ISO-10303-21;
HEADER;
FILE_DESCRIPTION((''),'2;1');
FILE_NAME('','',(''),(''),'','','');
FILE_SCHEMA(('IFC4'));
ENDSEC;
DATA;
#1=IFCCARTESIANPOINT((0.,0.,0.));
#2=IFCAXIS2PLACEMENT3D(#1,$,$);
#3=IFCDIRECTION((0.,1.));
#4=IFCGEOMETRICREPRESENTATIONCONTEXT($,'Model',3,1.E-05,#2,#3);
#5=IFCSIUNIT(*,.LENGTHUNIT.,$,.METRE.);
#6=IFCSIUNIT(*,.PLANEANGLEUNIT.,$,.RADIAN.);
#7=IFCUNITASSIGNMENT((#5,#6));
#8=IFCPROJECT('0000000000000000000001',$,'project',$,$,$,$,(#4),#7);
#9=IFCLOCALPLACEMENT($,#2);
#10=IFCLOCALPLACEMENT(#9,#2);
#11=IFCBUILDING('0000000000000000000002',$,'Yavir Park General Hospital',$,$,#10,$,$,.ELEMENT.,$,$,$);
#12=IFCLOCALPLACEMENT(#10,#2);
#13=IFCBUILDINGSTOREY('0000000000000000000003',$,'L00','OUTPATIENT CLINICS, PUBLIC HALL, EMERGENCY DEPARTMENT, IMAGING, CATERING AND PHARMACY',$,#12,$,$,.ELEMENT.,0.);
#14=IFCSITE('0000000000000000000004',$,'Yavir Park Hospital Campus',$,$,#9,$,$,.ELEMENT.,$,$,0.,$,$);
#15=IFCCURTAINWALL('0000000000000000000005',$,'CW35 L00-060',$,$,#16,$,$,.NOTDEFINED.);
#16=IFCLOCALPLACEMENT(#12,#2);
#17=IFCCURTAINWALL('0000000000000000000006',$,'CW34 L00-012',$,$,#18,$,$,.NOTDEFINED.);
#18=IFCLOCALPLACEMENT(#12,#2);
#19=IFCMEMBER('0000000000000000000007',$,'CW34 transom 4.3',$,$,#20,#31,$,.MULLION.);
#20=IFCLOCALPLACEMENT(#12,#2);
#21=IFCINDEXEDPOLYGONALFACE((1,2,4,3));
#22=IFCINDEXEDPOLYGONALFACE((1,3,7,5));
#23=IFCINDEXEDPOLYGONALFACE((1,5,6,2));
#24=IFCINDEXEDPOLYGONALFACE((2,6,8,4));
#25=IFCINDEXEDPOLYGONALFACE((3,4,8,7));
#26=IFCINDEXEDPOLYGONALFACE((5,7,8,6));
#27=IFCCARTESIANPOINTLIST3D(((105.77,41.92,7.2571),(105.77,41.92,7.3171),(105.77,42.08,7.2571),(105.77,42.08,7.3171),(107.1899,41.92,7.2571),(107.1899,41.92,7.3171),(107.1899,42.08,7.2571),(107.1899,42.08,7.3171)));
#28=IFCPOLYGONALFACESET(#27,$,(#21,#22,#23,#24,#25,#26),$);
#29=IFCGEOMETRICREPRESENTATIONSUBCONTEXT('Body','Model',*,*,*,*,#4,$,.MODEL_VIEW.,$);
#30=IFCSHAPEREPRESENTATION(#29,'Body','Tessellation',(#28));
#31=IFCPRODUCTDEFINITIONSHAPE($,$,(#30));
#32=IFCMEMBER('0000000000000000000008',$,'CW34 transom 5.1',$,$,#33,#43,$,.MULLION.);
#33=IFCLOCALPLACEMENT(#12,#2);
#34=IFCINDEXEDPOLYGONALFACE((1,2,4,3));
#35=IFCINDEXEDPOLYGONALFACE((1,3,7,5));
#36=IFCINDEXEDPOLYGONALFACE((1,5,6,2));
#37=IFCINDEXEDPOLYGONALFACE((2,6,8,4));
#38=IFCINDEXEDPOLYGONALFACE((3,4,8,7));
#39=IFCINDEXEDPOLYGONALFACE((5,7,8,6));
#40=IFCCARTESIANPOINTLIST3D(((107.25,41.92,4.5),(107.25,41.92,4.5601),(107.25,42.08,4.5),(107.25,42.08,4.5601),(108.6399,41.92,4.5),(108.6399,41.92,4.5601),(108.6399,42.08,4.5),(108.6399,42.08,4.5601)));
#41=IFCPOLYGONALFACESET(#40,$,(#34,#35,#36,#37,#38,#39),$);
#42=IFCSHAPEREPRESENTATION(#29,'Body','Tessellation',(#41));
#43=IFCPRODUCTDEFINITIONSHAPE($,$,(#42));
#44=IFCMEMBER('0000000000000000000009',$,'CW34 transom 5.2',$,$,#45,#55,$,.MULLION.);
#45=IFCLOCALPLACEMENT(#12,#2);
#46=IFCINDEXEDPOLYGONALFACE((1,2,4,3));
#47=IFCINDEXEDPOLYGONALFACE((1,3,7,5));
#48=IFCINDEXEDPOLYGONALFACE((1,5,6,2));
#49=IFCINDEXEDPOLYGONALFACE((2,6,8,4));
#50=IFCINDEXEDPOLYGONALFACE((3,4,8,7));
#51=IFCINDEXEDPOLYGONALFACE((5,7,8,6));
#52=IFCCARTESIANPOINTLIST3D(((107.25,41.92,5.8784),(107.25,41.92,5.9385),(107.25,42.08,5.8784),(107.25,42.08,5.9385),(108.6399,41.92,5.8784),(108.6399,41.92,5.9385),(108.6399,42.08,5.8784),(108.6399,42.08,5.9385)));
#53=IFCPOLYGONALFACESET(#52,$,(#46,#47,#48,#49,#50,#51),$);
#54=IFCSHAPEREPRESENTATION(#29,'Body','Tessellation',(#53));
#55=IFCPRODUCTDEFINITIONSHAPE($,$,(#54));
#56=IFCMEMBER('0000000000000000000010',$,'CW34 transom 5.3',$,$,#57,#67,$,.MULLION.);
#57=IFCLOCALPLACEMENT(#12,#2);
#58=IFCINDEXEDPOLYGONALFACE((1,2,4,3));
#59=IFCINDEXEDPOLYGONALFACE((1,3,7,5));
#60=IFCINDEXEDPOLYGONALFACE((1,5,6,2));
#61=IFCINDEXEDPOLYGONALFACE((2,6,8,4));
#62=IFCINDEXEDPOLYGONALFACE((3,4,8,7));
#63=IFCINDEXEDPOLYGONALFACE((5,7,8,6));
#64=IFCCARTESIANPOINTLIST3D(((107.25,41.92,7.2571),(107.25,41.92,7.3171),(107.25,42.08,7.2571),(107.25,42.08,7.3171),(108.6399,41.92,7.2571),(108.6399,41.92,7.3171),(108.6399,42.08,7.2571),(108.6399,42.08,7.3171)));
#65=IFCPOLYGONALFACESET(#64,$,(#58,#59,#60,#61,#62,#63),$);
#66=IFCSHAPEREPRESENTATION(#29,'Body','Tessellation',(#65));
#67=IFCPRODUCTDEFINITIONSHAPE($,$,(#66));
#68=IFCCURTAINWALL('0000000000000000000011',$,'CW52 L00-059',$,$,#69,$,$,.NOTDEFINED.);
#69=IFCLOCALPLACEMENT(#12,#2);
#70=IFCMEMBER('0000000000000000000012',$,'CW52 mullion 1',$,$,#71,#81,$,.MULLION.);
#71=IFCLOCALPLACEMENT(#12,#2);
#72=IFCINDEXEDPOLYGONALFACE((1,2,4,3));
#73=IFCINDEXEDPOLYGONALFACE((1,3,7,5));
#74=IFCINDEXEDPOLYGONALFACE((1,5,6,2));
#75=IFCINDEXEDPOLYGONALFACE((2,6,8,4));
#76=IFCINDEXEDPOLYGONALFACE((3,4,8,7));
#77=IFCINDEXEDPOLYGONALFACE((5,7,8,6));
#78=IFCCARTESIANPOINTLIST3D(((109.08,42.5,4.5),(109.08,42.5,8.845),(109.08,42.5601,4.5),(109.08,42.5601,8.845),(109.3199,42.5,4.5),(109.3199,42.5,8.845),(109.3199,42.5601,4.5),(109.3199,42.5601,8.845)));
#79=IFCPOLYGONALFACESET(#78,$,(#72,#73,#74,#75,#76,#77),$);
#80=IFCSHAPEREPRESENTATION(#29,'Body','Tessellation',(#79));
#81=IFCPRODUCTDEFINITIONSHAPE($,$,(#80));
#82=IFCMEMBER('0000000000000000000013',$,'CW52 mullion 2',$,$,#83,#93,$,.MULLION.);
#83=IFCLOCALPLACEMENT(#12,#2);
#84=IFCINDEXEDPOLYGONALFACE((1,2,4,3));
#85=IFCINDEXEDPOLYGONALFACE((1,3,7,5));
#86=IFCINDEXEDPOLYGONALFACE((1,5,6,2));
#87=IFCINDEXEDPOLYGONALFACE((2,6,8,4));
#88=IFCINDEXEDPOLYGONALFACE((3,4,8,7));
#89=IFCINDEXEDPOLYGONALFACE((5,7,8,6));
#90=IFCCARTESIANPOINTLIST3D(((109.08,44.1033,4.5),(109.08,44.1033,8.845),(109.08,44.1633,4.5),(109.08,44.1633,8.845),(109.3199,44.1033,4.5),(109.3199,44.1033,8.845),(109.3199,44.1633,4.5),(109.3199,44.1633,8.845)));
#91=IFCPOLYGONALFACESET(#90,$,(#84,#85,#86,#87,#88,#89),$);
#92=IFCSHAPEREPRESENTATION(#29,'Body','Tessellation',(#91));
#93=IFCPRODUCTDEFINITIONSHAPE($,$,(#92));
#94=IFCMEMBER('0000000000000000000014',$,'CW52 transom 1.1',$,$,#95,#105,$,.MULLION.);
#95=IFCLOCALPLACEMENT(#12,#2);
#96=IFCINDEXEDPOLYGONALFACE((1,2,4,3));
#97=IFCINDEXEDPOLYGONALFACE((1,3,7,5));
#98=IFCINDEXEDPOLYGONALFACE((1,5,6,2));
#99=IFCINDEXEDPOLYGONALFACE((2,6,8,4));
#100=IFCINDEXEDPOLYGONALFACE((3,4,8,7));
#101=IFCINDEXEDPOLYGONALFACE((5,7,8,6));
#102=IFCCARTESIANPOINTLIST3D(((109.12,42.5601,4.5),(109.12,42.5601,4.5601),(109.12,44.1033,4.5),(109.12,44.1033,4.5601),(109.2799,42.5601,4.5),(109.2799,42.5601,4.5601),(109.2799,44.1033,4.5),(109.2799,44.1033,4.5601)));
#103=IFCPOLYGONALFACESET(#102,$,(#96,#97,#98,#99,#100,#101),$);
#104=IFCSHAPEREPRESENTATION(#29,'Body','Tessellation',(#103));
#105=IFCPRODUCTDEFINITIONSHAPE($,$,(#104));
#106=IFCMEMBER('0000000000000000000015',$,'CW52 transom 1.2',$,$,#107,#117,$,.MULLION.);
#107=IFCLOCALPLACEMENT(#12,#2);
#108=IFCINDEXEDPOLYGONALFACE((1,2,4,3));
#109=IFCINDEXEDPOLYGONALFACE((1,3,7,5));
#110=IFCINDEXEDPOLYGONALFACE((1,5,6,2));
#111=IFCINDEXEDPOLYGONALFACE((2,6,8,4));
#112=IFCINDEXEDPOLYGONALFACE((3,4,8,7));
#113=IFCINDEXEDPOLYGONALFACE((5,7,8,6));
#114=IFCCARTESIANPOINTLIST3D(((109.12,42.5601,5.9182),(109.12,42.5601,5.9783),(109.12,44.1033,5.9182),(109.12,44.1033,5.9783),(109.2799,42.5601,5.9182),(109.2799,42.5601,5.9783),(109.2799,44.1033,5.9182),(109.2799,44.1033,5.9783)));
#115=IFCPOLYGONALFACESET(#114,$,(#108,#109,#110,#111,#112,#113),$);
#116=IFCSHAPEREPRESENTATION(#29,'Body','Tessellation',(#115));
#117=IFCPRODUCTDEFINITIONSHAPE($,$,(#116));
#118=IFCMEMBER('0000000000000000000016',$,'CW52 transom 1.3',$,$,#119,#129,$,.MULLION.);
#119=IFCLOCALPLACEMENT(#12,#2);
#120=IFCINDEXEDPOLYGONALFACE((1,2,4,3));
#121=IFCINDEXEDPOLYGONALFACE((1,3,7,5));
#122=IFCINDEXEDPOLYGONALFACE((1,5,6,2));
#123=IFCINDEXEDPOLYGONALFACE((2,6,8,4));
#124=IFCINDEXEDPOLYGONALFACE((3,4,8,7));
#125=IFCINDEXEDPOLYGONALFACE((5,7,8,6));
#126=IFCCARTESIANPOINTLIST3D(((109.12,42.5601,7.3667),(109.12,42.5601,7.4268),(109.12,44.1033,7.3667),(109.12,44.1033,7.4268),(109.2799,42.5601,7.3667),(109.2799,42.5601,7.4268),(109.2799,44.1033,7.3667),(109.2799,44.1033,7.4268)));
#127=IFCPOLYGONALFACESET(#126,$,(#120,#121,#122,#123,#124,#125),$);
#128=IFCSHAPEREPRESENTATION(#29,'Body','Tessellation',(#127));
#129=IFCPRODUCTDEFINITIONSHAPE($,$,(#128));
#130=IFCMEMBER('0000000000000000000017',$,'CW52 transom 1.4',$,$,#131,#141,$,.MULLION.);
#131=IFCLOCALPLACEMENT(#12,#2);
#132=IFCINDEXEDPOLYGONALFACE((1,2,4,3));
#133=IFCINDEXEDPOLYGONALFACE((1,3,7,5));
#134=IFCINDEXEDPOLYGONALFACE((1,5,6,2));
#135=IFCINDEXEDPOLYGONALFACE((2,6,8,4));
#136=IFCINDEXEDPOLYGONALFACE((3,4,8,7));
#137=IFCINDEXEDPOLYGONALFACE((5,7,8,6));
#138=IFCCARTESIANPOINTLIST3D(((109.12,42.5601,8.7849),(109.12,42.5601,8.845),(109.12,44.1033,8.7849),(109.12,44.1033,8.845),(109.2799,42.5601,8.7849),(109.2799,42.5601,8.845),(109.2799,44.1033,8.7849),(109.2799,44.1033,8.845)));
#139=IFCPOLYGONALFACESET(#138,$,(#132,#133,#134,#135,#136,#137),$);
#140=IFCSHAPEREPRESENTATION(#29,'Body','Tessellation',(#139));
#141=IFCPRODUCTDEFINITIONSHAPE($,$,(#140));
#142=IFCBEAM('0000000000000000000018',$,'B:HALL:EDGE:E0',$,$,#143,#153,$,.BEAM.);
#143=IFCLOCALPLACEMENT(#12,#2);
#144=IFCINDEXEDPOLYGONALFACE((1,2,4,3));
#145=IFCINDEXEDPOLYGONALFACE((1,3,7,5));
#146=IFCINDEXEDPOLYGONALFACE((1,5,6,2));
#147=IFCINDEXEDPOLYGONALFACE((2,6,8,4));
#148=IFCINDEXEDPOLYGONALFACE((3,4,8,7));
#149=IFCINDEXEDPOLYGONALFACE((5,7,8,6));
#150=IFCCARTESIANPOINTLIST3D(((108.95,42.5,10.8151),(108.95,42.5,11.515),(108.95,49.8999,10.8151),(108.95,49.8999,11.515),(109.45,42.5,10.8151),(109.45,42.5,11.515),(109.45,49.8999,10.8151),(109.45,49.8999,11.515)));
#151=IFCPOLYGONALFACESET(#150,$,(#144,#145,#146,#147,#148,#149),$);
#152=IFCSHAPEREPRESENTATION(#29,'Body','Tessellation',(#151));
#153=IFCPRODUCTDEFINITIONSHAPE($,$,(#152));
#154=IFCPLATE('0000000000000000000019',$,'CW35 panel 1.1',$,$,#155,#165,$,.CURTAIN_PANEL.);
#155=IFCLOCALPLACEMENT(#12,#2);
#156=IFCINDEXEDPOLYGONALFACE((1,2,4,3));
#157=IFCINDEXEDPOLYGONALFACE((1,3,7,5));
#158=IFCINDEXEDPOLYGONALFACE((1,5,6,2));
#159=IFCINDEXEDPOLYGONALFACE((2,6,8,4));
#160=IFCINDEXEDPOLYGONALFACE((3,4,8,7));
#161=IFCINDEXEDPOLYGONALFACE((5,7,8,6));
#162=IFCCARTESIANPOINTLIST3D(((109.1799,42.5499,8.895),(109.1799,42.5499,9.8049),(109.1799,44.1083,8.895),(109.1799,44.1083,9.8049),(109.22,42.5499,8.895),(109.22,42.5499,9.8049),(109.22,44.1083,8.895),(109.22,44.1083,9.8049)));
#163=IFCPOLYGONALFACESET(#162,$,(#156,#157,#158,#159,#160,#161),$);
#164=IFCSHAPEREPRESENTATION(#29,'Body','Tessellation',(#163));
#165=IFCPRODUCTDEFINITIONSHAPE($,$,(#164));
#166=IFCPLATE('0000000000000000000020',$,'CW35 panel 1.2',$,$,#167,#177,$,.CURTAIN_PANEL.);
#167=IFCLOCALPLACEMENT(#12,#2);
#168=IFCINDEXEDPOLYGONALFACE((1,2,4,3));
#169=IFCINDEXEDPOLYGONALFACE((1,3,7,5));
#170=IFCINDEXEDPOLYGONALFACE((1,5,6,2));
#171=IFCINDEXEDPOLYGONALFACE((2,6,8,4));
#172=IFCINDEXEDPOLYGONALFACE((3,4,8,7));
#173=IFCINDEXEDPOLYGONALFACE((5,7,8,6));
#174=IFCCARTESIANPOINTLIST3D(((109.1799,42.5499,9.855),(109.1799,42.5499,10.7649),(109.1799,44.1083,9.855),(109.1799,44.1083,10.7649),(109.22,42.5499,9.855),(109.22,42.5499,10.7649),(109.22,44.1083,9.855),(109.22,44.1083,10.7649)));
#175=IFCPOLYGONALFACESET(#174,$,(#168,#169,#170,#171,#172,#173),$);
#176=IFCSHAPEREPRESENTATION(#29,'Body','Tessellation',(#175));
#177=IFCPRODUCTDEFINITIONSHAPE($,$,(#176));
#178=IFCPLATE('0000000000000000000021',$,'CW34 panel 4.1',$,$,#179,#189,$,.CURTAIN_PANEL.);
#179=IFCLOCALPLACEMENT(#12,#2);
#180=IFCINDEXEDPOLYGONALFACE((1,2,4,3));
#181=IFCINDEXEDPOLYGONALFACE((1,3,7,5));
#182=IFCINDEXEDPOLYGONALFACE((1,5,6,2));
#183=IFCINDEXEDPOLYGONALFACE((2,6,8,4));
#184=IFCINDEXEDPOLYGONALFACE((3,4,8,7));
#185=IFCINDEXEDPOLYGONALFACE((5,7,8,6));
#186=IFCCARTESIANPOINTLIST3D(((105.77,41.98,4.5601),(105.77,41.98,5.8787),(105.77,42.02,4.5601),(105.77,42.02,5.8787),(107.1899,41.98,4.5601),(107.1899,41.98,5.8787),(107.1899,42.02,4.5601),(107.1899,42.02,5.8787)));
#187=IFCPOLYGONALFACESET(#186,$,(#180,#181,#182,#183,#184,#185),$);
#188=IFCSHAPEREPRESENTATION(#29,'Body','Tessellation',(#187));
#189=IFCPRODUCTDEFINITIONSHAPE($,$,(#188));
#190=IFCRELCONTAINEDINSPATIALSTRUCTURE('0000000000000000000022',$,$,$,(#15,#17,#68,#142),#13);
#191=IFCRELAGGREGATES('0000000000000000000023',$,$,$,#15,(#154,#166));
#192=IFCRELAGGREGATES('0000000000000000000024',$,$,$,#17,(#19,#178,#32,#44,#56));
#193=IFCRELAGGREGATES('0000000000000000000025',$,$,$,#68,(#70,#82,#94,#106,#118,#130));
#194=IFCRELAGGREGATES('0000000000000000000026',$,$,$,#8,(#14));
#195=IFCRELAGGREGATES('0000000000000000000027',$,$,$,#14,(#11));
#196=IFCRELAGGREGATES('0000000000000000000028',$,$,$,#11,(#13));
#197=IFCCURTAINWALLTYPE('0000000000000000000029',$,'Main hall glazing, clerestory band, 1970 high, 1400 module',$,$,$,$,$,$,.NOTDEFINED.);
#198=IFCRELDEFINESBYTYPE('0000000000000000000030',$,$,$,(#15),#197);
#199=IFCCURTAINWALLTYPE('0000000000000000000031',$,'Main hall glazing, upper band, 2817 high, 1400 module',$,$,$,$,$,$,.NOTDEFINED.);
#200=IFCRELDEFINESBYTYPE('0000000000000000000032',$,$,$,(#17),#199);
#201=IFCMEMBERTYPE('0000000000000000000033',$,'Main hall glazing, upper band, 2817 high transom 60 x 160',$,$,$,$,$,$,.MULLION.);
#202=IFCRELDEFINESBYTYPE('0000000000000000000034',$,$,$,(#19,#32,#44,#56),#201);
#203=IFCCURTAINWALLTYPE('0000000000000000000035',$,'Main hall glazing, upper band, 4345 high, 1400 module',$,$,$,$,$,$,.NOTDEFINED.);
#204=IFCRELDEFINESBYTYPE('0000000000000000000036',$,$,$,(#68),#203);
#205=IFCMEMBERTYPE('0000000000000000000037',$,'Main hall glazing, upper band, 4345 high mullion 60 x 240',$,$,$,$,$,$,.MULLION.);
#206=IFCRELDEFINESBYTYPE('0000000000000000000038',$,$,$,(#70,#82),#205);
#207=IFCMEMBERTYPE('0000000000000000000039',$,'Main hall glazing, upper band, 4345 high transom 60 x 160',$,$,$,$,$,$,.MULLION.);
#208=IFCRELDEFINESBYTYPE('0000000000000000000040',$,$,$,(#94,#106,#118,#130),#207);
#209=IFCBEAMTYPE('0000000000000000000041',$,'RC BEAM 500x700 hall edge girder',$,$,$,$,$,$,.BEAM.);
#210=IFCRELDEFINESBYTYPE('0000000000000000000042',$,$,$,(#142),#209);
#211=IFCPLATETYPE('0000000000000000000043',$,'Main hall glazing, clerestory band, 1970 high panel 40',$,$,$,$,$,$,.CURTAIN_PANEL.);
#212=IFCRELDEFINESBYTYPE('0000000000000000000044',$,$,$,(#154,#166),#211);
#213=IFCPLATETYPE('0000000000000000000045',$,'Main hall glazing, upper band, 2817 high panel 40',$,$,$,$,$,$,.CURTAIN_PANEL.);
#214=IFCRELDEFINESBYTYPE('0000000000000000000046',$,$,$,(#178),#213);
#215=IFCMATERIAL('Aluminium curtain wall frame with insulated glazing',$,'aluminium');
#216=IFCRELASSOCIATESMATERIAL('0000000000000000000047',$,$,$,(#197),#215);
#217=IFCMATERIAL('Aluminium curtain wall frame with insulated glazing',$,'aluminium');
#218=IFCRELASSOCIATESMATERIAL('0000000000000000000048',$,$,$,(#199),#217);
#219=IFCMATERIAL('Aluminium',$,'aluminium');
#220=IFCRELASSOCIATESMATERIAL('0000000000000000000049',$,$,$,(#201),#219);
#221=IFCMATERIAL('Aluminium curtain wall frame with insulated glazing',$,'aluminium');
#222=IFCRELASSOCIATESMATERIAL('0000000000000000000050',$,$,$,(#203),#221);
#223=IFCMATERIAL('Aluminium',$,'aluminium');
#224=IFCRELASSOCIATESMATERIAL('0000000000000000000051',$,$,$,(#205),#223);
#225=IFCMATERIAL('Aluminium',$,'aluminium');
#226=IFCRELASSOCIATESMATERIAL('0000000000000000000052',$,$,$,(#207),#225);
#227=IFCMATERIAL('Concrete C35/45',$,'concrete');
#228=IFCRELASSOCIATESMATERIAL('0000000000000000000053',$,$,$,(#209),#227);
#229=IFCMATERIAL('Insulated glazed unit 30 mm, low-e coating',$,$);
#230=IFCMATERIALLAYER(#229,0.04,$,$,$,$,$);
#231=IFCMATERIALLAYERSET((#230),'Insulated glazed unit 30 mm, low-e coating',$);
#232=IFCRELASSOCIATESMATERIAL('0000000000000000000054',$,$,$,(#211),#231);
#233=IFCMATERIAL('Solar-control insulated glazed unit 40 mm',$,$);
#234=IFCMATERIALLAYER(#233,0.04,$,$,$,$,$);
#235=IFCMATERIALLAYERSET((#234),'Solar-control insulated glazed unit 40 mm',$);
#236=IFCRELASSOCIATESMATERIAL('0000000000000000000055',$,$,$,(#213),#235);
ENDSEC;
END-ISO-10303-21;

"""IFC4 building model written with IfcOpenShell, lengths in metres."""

from ifc_helpers import new_model, si_unit, direction, frame, origin, origin_2d, place, context, subcontext, project, spatial, rectangle, extrude, material, layer, layer_set, material_profile, profile_set, type_object, element, aggregate, save


model = new_model("IFC4")

# Units and contexts
model_context = context("Model", 3, precision=1e-05, world=origin(), true_north=direction((0.0, 1.0)))
body_context = subcontext(model_context, "Body", "Model", "MODEL_VIEW")
ifc_project = project(units=[si_unit("LENGTHUNIT", "METRE"), si_unit("PLANEANGLEUNIT", "RADIAN")], contexts=[model_context])

# Site, building, storey
site_placement = place(None, origin())
site = spatial("IfcSite", under=ifc_project, at=site_placement, Name="Yavir Park Hospital Campus", CompositionType="ELEMENT", RefElevation=0.0)
building_placement = place(site_placement, origin())
building = spatial("IfcBuilding", under=site, at=building_placement, Name="Yavir Park General Hospital", CompositionType="ELEMENT")
storey_placement = place(building_placement, origin())
storey = spatial("IfcBuildingStorey", under=building, at=storey_placement, Name="L00", Description="OUTPATIENT CLINICS, PUBLIC HALL, EMERGENCY DEPARTMENT, IMAGING, CATERING AND PHARMACY", CompositionType="ELEMENT", Elevation=0.0)

# Curtain walls, members
ifc_material_1 = material(Name="Aluminium curtain wall frame with insulated glazing", Category="aluminium")
curtain_wall_type_1 = type_object("IfcCurtainWallType", Name="Main hall glazing, clerestory band, 1970 high, 1400 module", PredefinedType="NOTDEFINED", material=ifc_material_1)
curtain_wall_1_placement = place(storey_placement, origin())
curtain_wall_1 = element("IfcCurtainWall", 1, at=curtain_wall_1_placement, inside=storey, type_object=curtain_wall_type_1, Name="CW35 L00-060", PredefinedType="NOTDEFINED")
ifc_material_2 = material(Name="Aluminium curtain wall frame with insulated glazing", Category="aluminium")
curtain_wall_type_2 = type_object("IfcCurtainWallType", Name="Main hall glazing, upper band, 2817 high, 1400 module", PredefinedType="NOTDEFINED", material=ifc_material_2)
curtain_wall_2_placement = place(storey_placement, origin())
curtain_wall_2 = element("IfcCurtainWall", 2, at=curtain_wall_2_placement, inside=storey, type_object=curtain_wall_type_2, Name="CW34 L00-012", PredefinedType="NOTDEFINED")
ifc_material_3 = material(Name="Aluminium", Category="aluminium")
ifc_material_profile_1 = material_profile(ifc_material_3, rectangle(XDim=0.1599, YDim=0.0601, at=origin_2d()), Name="AL 160x60")
ifc_profile_set_1 = profile_set([ifc_material_profile_1], Name="Aluminium")
member_type_1 = type_object("IfcMemberType", Name="Main hall glazing, upper band, 2817 high transom 60 x 160", PredefinedType="MULLION", material=ifc_profile_set_1)
member_1_placement = place(storey_placement, frame((105.77, 42.0, 7.2871), z_axis=(1.0, 0.0, 0.0), x_axis=(0.0, 1.0, 0.0)))
member_1 = element("IfcMember", 3, at=member_1_placement, type_object=member_type_1, Name="CW34 transom 4.3", PredefinedType="MULLION", context=body_context, shape_type="SweptSolid", body=[
    extrude(rectangle(XDim=0.1599, YDim=0.0601, at=origin_2d()), origin(), (0.0, 0.0, 1.0), 1.4199),
])
member_2_placement = place(storey_placement, frame((107.25, 42.0, 4.53), z_axis=(1.0, 0.0, 0.0), x_axis=(0.0, 1.0, 0.0)))
member_2 = element("IfcMember", 4, at=member_2_placement, type_object=member_type_1, Name="CW34 transom 5.1", PredefinedType="MULLION", context=body_context, shape_type="SweptSolid", body=[
    extrude(rectangle(XDim=0.1599, YDim=0.0601, at=origin_2d()), origin(), (0.0, 0.0, 1.0), 1.3899),
])
member_3_placement = place(storey_placement, frame((107.25, 42.0, 5.9084), z_axis=(1.0, 0.0, 0.0), x_axis=(0.0, 1.0, 0.0)))
member_3 = element("IfcMember", 5, at=member_3_placement, type_object=member_type_1, Name="CW34 transom 5.2", PredefinedType="MULLION", context=body_context, shape_type="SweptSolid", body=[
    extrude(rectangle(XDim=0.1599, YDim=0.0601, at=origin_2d()), origin(), (0.0, 0.0, 1.0), 1.3899),
])
member_4_placement = place(storey_placement, frame((107.25, 42.0, 7.2871), z_axis=(1.0, 0.0, 0.0), x_axis=(0.0, 1.0, 0.0)))
member_4 = element("IfcMember", 6, at=member_4_placement, type_object=member_type_1, Name="CW34 transom 5.3", PredefinedType="MULLION", context=body_context, shape_type="SweptSolid", body=[
    extrude(rectangle(XDim=0.1599, YDim=0.0601, at=origin_2d()), origin(), (0.0, 0.0, 1.0), 1.3899),
])
ifc_material_4 = material(Name="Aluminium curtain wall frame with insulated glazing", Category="aluminium")
curtain_wall_type_3 = type_object("IfcCurtainWallType", Name="Main hall glazing, upper band, 4345 high, 1400 module", PredefinedType="NOTDEFINED", material=ifc_material_4)
curtain_wall_3_placement = place(storey_placement, origin())
curtain_wall_3 = element("IfcCurtainWall", 7, at=curtain_wall_3_placement, inside=storey, type_object=curtain_wall_type_3, Name="CW52 L00-059", PredefinedType="NOTDEFINED")
ifc_material_5 = material(Name="Aluminium", Category="aluminium")
ifc_material_profile_2 = material_profile(ifc_material_5, rectangle(XDim=0.24, YDim=0.0601, at=origin_2d()), Name="AL 60x240")
ifc_profile_set_2 = profile_set([ifc_material_profile_2], Name="Aluminium")
member_type_2 = type_object("IfcMemberType", Name="Main hall glazing, upper band, 4345 high mullion 60 x 240", PredefinedType="MULLION", material=ifc_profile_set_2)
member_5_placement = place(storey_placement, frame((109.2, 42.53, 4.5), z_axis=(0.0, 0.0, 1.0), x_axis=(-1.0, 0.0, 0.0)))
member_5 = element("IfcMember", 8, at=member_5_placement, type_object=member_type_2, Name="CW52 mullion 1", PredefinedType="MULLION", context=body_context, shape_type="SweptSolid", body=[
    extrude(rectangle(XDim=0.24, YDim=0.0601, at=origin_2d()), origin(), (0.0, 0.0, 1.0), 4.345),
])
member_6_placement = place(storey_placement, frame((109.2, 44.1333, 4.5), z_axis=(0.0, 0.0, 1.0), x_axis=(-1.0, 0.0, 0.0)))
member_6 = element("IfcMember", 9, at=member_6_placement, type_object=member_type_2, Name="CW52 mullion 2", PredefinedType="MULLION", context=body_context, shape_type="SweptSolid", body=[
    extrude(rectangle(XDim=0.24, YDim=0.0601, at=origin_2d()), origin(), (0.0, 0.0, 1.0), 4.345),
])
ifc_material_6 = material(Name="Aluminium", Category="aluminium")
ifc_material_profile_3 = material_profile(ifc_material_6, rectangle(XDim=0.1599, YDim=0.0601, at=origin_2d()), Name="AL 160x60")
ifc_profile_set_3 = profile_set([ifc_material_profile_3], Name="Aluminium")
member_type_3 = type_object("IfcMemberType", Name="Main hall glazing, upper band, 4345 high transom 60 x 160", PredefinedType="MULLION", material=ifc_profile_set_3)
member_7_placement = place(storey_placement, frame((109.2, 42.5601, 4.53), z_axis=(0.0, 1.0, 0.0), x_axis=(-1.0, 0.0, 0.0)))
member_7 = element("IfcMember", 10, at=member_7_placement, type_object=member_type_3, Name="CW52 transom 1.1", PredefinedType="MULLION", context=body_context, shape_type="SweptSolid", body=[
    extrude(rectangle(XDim=0.1599, YDim=0.0601, at=origin_2d()), origin(), (0.0, 0.0, 1.0), 1.5432),
])
member_8_placement = place(storey_placement, frame((109.2, 42.5601, 5.9482), z_axis=(0.0, 1.0, 0.0), x_axis=(-1.0, 0.0, 0.0)))
member_8 = element("IfcMember", 11, at=member_8_placement, type_object=member_type_3, Name="CW52 transom 1.2", PredefinedType="MULLION", context=body_context, shape_type="SweptSolid", body=[
    extrude(rectangle(XDim=0.1599, YDim=0.0601, at=origin_2d()), origin(), (0.0, 0.0, 1.0), 1.5432),
])
member_9_placement = place(storey_placement, frame((109.2, 42.5601, 7.3967), z_axis=(0.0, 1.0, 0.0), x_axis=(-1.0, 0.0, 0.0)))
member_9 = element("IfcMember", 12, at=member_9_placement, type_object=member_type_3, Name="CW52 transom 1.3", PredefinedType="MULLION", context=body_context, shape_type="SweptSolid", body=[
    extrude(rectangle(XDim=0.1599, YDim=0.0601, at=origin_2d()), origin(), (0.0, 0.0, 1.0), 1.5432),
])
member_10_placement = place(storey_placement, frame((109.2, 42.5601, 8.8149), z_axis=(0.0, 1.0, 0.0), x_axis=(-1.0, 0.0, 0.0)))
member_10 = element("IfcMember", 13, at=member_10_placement, type_object=member_type_3, Name="CW52 transom 1.4", PredefinedType="MULLION", context=body_context, shape_type="SweptSolid", body=[
    extrude(rectangle(XDim=0.1599, YDim=0.0601, at=origin_2d()), origin(), (0.0, 0.0, 1.0), 1.5432),
])

# Beam
ifc_material_7 = material(Name="Concrete C35/45", Category="concrete")
ifc_material_profile_4 = material_profile(ifc_material_7, rectangle(XDim=0.5, YDim=0.7, at=origin_2d()), Name="RC500x700")
ifc_profile_set_4 = profile_set([ifc_material_profile_4], Name="Concrete C35/45")
beam_type_1 = type_object("IfcBeamType", Name="RC BEAM 500x700 hall edge girder", PredefinedType="BEAM", material=ifc_profile_set_4)
beam_1_placement = place(storey_placement, frame((109.2, 42.5, 11.165), z_axis=(0.0, 1.0, 0.0), x_axis=(-1.0, 0.0, 0.0)))
element("IfcBeam", 14, at=beam_1_placement, inside=storey, type_object=beam_type_1, Name="B:HALL:EDGE:E0", PredefinedType="BEAM", context=body_context, shape_type="SweptSolid", body=[
    extrude(rectangle(XDim=0.5, YDim=0.7, at=origin_2d()), origin(), (0.0, 0.0, 1.0), 7.3999),
])

# Plates
ifc_material_8 = material(Name="Insulated glazed unit 30 mm, low-e coating")
ifc_layer_1 = layer(ifc_material_8, 0.04)
ifc_layer_set_1 = layer_set([ifc_layer_1], Name="Insulated glazed unit 30 mm, low-e coating")
plate_type_1 = type_object("IfcPlateType", Name="Main hall glazing, clerestory band, 1970 high panel 40", PredefinedType="CURTAIN_PANEL", material=ifc_layer_set_1)
plate_1_placement = place(storey_placement, frame((109.2, 43.3291, 8.895), z_axis=(0.0, 0.0, 1.0), x_axis=(0.0, 1.0, 0.0)))
plate_1 = element("IfcPlate", 15, at=plate_1_placement, type_object=plate_type_1, Name="CW35 panel 1.1", PredefinedType="CURTAIN_PANEL", context=body_context, shape_type="SweptSolid", body=[
    extrude(rectangle(XDim=1.5583, YDim=0.04, at=origin_2d()), origin(), (0.0, 0.0, 1.0), 0.9099),
])
plate_2_placement = place(storey_placement, frame((109.2, 43.3291, 9.855), z_axis=(0.0, 0.0, 1.0), x_axis=(0.0, 1.0, 0.0)))
plate_2 = element("IfcPlate", 16, at=plate_2_placement, type_object=plate_type_1, Name="CW35 panel 1.2", PredefinedType="CURTAIN_PANEL", context=body_context, shape_type="SweptSolid", body=[
    extrude(rectangle(XDim=1.5583, YDim=0.04, at=origin_2d()), origin(), (0.0, 0.0, 1.0), 0.9099),
])
aggregate(curtain_wall_1, [plate_1, plate_2])
ifc_material_9 = material(Name="Solar-control insulated glazed unit 40 mm")
ifc_layer_2 = layer(ifc_material_9, 0.04)
ifc_layer_set_2 = layer_set([ifc_layer_2], Name="Solar-control insulated glazed unit 40 mm")
plate_type_2 = type_object("IfcPlateType", Name="Main hall glazing, upper band, 2817 high panel 40", PredefinedType="CURTAIN_PANEL", material=ifc_layer_set_2)
plate_3_placement = place(storey_placement, frame((106.48, 42.0, 4.5601), z_axis=(0.0, 0.0, 1.0), x_axis=(1.0, 0.0, 0.0)))
plate_3 = element("IfcPlate", 17, at=plate_3_placement, type_object=plate_type_2, Name="CW34 panel 4.1", PredefinedType="CURTAIN_PANEL", context=body_context, shape_type="SweptSolid", body=[
    extrude(rectangle(XDim=1.4199, YDim=0.04, at=origin_2d()), origin(), (0.0, 0.0, 1.0), 1.3186),
])
aggregate(curtain_wall_2, [member_1, plate_3, member_2, member_3, member_4])
aggregate(curtain_wall_3, [member_5, member_6, member_7, member_8, member_9, member_10])

save(model, "model.ifc")
